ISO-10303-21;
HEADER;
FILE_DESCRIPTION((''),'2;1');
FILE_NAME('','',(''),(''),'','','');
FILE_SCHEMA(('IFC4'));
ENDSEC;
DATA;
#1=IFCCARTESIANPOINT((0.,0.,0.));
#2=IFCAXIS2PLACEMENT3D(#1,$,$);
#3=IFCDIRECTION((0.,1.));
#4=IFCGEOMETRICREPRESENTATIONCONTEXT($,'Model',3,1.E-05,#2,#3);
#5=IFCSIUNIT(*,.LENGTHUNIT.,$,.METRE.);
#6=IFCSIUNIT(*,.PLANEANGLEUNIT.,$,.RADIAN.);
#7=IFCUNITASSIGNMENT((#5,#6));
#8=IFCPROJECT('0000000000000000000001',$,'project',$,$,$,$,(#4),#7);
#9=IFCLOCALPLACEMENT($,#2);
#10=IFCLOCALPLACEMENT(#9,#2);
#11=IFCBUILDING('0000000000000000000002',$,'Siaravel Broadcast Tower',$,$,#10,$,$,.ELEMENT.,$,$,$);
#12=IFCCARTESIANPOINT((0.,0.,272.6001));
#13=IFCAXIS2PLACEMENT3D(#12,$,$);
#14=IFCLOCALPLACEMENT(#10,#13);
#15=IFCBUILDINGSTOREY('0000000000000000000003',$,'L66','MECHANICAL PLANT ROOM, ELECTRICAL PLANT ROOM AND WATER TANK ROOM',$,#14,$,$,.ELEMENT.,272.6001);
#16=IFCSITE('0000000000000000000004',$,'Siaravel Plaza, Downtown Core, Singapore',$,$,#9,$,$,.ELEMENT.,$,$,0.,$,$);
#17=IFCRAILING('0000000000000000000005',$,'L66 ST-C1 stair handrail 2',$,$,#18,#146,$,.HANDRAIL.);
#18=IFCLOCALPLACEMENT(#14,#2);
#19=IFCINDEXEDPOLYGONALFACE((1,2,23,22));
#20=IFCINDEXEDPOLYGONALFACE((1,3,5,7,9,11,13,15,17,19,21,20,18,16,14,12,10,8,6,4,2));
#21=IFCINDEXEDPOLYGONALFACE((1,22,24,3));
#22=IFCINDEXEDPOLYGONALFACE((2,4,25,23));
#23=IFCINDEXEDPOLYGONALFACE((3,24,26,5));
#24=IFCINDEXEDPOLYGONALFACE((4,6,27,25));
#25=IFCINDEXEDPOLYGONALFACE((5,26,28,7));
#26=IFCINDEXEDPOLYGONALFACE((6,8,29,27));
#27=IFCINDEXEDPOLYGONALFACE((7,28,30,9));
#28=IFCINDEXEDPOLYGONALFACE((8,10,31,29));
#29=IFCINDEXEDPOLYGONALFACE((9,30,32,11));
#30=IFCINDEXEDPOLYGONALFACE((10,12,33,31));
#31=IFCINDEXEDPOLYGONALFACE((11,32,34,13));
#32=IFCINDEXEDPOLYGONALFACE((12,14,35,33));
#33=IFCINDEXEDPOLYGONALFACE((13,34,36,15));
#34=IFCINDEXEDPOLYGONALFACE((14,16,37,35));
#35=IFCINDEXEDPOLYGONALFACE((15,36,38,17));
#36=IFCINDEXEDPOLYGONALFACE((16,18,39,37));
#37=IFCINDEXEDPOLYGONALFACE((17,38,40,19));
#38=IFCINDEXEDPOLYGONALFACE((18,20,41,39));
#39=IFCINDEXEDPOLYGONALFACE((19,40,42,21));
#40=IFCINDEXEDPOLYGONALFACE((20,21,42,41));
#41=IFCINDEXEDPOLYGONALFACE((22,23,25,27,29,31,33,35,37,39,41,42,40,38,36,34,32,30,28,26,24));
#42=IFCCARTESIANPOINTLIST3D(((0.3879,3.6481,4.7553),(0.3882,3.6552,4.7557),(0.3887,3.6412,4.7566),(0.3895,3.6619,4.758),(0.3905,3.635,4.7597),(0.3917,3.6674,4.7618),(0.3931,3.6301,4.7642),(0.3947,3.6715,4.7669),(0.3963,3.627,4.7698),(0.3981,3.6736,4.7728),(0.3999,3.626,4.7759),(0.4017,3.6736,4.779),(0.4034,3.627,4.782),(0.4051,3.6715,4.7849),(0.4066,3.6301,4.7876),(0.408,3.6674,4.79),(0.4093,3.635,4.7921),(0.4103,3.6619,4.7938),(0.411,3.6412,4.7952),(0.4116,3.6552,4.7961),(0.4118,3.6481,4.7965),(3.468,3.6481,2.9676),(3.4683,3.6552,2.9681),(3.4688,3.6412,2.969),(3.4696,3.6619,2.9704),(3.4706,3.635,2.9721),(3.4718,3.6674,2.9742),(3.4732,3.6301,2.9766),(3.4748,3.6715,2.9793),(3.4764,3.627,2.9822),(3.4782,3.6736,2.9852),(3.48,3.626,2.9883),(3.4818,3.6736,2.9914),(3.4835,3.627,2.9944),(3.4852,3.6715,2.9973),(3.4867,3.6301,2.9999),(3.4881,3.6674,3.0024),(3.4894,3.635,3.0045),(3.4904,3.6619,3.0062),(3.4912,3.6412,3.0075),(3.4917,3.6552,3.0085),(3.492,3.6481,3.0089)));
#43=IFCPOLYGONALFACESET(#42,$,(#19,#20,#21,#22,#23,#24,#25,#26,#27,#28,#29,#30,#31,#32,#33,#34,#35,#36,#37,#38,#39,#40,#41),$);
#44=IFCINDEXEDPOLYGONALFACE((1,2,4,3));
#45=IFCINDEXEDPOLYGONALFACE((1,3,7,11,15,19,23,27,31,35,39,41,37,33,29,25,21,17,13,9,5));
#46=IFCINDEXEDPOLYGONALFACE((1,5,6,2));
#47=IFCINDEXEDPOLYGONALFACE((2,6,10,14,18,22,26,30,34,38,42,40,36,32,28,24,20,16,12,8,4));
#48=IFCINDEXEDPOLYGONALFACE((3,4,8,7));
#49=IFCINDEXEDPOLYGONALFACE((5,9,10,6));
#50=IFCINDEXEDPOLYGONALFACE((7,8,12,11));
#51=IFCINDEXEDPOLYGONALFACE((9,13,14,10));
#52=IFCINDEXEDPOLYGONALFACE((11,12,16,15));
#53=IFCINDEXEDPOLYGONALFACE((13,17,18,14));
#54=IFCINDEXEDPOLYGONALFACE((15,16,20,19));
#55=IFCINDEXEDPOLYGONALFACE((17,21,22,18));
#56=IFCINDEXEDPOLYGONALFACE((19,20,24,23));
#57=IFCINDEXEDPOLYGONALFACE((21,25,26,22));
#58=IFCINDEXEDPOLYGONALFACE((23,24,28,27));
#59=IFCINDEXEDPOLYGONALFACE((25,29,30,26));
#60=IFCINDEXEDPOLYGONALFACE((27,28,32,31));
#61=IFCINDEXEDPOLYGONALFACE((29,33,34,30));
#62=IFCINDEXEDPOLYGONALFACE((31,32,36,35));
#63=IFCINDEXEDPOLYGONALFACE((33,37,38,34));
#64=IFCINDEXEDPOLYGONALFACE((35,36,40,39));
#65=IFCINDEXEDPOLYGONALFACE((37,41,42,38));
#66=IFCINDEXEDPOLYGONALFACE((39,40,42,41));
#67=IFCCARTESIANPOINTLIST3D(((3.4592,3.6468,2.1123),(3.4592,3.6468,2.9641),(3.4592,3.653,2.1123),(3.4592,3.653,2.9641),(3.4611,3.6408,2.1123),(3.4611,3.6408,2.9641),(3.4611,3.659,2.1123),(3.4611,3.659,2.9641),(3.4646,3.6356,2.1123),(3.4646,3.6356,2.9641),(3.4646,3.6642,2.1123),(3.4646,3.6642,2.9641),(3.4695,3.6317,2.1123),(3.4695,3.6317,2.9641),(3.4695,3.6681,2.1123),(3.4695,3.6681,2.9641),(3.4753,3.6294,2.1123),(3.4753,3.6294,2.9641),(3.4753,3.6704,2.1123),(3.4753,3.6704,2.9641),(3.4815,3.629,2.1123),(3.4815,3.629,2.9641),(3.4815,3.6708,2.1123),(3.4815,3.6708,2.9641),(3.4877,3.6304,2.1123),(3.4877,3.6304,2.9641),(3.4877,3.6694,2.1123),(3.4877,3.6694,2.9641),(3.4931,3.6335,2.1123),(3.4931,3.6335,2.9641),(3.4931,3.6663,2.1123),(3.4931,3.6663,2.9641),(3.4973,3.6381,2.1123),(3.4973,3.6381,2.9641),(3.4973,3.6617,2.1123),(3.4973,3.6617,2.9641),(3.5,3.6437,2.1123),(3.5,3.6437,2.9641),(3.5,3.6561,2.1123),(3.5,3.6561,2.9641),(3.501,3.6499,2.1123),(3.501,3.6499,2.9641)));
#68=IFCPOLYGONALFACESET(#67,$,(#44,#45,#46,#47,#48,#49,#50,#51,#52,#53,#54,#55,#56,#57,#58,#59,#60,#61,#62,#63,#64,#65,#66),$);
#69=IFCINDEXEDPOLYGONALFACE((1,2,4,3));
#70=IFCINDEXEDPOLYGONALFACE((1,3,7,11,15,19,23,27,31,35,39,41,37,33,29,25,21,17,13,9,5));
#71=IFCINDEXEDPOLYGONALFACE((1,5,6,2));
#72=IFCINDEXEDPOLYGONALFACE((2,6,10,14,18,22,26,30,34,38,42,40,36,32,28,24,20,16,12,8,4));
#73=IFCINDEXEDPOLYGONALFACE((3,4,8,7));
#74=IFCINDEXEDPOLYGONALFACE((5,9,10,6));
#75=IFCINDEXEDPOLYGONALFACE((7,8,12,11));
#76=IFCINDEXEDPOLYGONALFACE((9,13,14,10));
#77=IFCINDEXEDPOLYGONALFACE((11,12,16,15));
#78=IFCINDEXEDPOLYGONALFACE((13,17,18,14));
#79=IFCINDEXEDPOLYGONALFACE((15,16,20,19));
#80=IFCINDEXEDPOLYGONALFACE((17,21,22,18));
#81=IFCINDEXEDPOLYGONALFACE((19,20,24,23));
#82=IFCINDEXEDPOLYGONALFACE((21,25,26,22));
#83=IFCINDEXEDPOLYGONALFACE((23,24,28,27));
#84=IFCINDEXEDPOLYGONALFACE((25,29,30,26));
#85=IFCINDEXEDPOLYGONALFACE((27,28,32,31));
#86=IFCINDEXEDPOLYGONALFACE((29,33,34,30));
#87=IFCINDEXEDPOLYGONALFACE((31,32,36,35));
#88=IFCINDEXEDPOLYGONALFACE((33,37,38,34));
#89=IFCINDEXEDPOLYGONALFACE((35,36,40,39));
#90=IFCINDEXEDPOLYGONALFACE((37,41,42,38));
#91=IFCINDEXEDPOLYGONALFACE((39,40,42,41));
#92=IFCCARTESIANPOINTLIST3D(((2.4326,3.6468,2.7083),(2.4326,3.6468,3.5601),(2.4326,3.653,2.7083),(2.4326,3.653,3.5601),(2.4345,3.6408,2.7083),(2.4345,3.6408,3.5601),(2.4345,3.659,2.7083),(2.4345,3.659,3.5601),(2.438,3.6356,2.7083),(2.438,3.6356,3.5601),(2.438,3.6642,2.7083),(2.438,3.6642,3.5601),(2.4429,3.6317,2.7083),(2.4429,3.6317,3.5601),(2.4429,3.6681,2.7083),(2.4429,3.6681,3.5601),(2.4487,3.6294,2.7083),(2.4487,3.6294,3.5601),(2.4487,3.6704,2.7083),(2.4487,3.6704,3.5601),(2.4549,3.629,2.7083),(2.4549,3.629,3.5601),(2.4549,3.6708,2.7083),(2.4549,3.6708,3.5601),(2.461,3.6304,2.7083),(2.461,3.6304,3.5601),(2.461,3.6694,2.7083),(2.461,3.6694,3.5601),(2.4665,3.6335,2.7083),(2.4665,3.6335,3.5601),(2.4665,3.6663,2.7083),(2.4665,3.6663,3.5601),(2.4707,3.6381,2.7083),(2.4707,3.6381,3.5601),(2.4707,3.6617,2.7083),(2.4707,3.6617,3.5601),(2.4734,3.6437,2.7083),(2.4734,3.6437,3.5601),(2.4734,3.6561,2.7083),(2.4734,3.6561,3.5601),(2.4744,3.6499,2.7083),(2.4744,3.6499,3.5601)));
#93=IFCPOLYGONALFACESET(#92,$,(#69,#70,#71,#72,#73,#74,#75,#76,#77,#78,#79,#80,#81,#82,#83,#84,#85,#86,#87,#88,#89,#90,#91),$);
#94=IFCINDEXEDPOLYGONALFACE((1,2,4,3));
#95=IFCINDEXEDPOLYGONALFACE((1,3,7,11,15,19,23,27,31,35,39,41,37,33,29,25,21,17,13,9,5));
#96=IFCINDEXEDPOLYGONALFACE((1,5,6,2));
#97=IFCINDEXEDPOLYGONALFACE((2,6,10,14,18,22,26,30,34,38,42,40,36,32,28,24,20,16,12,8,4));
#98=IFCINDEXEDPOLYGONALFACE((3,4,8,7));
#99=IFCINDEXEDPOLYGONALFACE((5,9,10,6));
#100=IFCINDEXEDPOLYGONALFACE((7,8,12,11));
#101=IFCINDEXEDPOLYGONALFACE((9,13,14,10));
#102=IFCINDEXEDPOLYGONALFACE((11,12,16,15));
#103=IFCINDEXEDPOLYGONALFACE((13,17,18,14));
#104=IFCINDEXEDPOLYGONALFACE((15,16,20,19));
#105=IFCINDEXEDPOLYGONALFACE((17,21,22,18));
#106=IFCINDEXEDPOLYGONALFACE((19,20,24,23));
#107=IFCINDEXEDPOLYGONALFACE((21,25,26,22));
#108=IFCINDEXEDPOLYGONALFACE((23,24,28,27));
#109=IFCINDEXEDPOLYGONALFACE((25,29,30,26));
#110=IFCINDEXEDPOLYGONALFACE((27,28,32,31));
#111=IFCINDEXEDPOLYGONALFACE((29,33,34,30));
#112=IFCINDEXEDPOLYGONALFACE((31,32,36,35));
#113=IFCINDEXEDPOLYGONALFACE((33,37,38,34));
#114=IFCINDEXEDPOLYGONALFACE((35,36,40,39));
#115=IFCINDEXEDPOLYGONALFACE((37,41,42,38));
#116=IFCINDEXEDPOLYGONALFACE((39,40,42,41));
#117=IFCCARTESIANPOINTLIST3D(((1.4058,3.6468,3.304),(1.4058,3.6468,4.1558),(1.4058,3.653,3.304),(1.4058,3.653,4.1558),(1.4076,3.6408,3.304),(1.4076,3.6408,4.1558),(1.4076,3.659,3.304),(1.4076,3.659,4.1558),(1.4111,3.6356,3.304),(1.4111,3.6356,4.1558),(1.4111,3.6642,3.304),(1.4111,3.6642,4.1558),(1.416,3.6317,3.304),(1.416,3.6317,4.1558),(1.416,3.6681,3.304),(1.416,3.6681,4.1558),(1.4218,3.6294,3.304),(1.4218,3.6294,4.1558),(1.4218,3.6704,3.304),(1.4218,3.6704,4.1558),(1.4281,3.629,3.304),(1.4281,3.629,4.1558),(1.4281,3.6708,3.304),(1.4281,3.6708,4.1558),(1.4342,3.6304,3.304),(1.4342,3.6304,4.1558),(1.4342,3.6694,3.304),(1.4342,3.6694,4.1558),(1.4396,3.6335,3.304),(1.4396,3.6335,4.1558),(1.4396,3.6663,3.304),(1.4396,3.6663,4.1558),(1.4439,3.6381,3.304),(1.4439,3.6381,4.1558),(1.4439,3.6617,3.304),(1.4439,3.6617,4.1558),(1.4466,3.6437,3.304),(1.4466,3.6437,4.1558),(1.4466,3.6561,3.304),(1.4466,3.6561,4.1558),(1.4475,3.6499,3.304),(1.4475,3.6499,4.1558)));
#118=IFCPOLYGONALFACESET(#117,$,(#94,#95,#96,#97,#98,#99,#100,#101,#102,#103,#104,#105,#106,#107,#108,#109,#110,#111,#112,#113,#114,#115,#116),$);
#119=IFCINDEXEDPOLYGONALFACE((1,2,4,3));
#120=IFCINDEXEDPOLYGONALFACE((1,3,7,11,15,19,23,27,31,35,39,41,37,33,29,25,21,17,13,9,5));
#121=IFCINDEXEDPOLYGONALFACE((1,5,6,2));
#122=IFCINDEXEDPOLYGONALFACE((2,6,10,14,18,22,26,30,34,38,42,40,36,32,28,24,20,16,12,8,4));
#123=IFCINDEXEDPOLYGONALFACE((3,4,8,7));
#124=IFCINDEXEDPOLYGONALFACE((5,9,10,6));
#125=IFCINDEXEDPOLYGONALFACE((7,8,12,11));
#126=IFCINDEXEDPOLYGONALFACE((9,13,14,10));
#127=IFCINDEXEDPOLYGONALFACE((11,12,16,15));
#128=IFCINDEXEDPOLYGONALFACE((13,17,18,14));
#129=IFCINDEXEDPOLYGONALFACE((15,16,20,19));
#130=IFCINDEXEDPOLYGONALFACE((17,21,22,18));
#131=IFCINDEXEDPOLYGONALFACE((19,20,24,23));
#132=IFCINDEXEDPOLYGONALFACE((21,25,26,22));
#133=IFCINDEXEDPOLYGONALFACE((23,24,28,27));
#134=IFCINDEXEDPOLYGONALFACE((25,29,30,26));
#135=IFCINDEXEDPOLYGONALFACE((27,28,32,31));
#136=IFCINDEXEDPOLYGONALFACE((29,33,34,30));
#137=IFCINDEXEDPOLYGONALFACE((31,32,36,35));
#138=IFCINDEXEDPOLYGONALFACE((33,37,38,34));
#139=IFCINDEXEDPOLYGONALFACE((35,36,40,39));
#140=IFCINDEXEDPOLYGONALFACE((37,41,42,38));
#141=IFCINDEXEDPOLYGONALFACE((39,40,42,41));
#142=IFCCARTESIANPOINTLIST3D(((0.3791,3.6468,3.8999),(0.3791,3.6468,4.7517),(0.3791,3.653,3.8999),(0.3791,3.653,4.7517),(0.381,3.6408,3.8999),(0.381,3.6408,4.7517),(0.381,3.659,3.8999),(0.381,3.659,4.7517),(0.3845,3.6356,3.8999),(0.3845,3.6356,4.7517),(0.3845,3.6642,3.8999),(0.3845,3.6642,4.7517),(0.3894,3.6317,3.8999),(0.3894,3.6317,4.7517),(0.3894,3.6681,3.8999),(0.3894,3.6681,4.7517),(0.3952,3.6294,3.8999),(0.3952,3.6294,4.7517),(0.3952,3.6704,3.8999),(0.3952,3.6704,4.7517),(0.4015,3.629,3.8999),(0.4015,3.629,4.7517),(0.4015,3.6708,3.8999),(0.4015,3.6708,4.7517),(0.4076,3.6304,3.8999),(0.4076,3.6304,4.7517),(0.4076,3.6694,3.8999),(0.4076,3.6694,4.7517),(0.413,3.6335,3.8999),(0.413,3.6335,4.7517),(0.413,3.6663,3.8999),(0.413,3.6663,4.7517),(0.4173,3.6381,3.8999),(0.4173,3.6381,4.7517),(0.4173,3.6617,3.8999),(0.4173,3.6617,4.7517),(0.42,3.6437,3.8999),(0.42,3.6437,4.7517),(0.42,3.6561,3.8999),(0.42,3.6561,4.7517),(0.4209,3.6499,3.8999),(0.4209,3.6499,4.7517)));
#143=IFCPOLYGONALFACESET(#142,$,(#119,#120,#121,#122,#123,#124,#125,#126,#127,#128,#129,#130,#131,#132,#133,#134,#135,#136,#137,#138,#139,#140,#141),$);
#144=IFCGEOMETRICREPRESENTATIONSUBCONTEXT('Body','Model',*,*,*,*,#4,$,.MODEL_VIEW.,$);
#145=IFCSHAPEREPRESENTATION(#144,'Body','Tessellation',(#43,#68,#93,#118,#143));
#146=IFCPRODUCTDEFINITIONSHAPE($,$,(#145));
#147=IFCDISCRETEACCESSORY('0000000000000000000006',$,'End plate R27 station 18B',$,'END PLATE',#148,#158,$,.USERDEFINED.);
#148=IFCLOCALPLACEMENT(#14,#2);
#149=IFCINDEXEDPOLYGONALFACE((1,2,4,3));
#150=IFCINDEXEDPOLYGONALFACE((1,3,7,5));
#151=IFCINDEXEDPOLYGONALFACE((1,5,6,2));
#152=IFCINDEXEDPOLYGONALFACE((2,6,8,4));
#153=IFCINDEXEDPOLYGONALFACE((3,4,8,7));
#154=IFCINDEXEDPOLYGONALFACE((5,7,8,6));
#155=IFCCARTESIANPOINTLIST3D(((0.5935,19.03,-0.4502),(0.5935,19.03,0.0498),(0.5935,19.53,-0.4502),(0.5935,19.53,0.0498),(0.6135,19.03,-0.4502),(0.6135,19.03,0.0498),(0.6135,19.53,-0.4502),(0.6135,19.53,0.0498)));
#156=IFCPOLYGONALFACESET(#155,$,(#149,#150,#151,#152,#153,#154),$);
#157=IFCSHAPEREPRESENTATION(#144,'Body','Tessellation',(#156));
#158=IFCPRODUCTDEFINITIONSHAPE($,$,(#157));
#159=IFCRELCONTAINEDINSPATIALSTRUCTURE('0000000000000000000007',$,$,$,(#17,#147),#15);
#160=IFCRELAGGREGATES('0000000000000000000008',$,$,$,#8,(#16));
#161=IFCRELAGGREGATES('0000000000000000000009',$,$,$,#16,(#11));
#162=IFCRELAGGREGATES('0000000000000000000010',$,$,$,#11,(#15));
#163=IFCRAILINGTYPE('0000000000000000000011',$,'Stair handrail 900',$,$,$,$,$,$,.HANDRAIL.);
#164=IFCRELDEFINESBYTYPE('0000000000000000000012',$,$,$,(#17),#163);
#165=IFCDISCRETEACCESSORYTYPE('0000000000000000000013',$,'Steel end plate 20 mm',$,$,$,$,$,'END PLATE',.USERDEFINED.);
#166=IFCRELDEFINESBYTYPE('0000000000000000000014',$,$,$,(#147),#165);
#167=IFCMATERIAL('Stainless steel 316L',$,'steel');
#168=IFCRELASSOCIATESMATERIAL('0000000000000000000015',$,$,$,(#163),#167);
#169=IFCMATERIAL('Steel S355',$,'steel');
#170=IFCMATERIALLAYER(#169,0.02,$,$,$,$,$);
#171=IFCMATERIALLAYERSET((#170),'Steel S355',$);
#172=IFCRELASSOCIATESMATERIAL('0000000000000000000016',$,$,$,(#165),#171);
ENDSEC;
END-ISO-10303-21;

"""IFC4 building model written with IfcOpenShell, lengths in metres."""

from ifc_helpers import new_model, si_unit, direction, frame, origin, origin_2d, place, context, subcontext, project, spatial, rectangle, circle, extrude, material, layer, layer_set, type_object, element, save


model = new_model("IFC4")

# Units and contexts
model_context = context("Model", 3, precision=1e-05, world=origin(), true_north=direction((0.0, 1.0)))
body_context = subcontext(model_context, "Body", "Model", "MODEL_VIEW")
ifc_project = project(units=[si_unit("LENGTHUNIT", "METRE"), si_unit("PLANEANGLEUNIT", "RADIAN")], contexts=[model_context])

# Site, building, storey
site_placement = place(None, origin())
site = spatial("IfcSite", under=ifc_project, at=site_placement, Name="Siaravel Plaza, Downtown Core, Singapore", CompositionType="ELEMENT", RefElevation=0.0)
building_placement = place(site_placement, origin())
building = spatial("IfcBuilding", under=site, at=building_placement, Name="Siaravel Broadcast Tower", CompositionType="ELEMENT")
storey_placement = place(building_placement, frame((0.0, 0.0, 272.6001)))
storey = spatial("IfcBuildingStorey", under=building, at=storey_placement, Name="L66", Description="MECHANICAL PLANT ROOM, ELECTRICAL PLANT ROOM AND WATER TANK ROOM", CompositionType="ELEMENT", Elevation=272.6001)

# Railing
ifc_material_1 = material(Name="Stainless steel 316L", Category="steel")
railing_type_1 = type_object("IfcRailingType", Name="Stair handrail 900", PredefinedType="HANDRAIL", material=ifc_material_1)
railing_1_placement = place(storey_placement, frame((3.48, 3.6499, 2.1123)))
element("IfcRailing", 1, at=railing_1_placement, inside=storey, type_object=railing_type_1, Name="L66 ST-C1 stair handrail 2", PredefinedType="HANDRAIL", context=body_context, shape_type="SweptSolid", body=[
    extrude(circle(Radius=0.0239, at=origin_2d()), frame((0.0, 0.0, 0.876), z_axis=(-0.864891, 0.0, 0.50196), x_axis=(0.0, -1.0, 0.0)), (0.0, 0.0, 1.0), 3.5613),
    extrude(circle(Radius=0.021, at=origin_2d()), origin(), (0.0, 0.0, 1.0), 0.8518),
    extrude(circle(Radius=0.021, at=origin_2d()), frame((-1.0266, 0.0, 0.5959)), (0.0, 0.0, 1.0), 0.8518),
    extrude(circle(Radius=0.021, at=origin_2d()), frame((-2.0535, 0.0, 1.1917)), (0.0, 0.0, 1.0), 0.8518),
    extrude(circle(Radius=0.021, at=origin_2d()), frame((-3.0801, 0.0, 1.7876)), (0.0, 0.0, 1.0), 0.8518),
])

# Discrete accessory
ifc_material_2 = material(Name="Steel S355", Category="steel")
ifc_layer_1 = layer(ifc_material_2, 0.02)
ifc_layer_set_1 = layer_set([ifc_layer_1], Name="Steel S355")
discrete_accessory_type = type_object("IfcDiscreteAccessoryType", Name="Steel end plate 20 mm", ElementType="END PLATE", PredefinedType="USERDEFINED", material=ifc_layer_set_1)
discrete_accessory_placement = place(storey_placement, frame((0.6035, 19.28, -0.4502), z_axis=(0.0, 0.0, 1.0), x_axis=(-1.0, 0.0, 0.0)))
element("IfcDiscreteAccessory", 2, at=discrete_accessory_placement, inside=storey, type_object=discrete_accessory_type, Name="End plate R27 station 18B", ObjectType="END PLATE", PredefinedType="USERDEFINED", context=body_context, shape_type="SweptSolid", body=[
    extrude(rectangle(XDim=0.02, YDim=0.5, at=origin_2d()), origin(), (0.0, 0.0, 1.0), 0.5),
])

save(model, "model.ifc")
